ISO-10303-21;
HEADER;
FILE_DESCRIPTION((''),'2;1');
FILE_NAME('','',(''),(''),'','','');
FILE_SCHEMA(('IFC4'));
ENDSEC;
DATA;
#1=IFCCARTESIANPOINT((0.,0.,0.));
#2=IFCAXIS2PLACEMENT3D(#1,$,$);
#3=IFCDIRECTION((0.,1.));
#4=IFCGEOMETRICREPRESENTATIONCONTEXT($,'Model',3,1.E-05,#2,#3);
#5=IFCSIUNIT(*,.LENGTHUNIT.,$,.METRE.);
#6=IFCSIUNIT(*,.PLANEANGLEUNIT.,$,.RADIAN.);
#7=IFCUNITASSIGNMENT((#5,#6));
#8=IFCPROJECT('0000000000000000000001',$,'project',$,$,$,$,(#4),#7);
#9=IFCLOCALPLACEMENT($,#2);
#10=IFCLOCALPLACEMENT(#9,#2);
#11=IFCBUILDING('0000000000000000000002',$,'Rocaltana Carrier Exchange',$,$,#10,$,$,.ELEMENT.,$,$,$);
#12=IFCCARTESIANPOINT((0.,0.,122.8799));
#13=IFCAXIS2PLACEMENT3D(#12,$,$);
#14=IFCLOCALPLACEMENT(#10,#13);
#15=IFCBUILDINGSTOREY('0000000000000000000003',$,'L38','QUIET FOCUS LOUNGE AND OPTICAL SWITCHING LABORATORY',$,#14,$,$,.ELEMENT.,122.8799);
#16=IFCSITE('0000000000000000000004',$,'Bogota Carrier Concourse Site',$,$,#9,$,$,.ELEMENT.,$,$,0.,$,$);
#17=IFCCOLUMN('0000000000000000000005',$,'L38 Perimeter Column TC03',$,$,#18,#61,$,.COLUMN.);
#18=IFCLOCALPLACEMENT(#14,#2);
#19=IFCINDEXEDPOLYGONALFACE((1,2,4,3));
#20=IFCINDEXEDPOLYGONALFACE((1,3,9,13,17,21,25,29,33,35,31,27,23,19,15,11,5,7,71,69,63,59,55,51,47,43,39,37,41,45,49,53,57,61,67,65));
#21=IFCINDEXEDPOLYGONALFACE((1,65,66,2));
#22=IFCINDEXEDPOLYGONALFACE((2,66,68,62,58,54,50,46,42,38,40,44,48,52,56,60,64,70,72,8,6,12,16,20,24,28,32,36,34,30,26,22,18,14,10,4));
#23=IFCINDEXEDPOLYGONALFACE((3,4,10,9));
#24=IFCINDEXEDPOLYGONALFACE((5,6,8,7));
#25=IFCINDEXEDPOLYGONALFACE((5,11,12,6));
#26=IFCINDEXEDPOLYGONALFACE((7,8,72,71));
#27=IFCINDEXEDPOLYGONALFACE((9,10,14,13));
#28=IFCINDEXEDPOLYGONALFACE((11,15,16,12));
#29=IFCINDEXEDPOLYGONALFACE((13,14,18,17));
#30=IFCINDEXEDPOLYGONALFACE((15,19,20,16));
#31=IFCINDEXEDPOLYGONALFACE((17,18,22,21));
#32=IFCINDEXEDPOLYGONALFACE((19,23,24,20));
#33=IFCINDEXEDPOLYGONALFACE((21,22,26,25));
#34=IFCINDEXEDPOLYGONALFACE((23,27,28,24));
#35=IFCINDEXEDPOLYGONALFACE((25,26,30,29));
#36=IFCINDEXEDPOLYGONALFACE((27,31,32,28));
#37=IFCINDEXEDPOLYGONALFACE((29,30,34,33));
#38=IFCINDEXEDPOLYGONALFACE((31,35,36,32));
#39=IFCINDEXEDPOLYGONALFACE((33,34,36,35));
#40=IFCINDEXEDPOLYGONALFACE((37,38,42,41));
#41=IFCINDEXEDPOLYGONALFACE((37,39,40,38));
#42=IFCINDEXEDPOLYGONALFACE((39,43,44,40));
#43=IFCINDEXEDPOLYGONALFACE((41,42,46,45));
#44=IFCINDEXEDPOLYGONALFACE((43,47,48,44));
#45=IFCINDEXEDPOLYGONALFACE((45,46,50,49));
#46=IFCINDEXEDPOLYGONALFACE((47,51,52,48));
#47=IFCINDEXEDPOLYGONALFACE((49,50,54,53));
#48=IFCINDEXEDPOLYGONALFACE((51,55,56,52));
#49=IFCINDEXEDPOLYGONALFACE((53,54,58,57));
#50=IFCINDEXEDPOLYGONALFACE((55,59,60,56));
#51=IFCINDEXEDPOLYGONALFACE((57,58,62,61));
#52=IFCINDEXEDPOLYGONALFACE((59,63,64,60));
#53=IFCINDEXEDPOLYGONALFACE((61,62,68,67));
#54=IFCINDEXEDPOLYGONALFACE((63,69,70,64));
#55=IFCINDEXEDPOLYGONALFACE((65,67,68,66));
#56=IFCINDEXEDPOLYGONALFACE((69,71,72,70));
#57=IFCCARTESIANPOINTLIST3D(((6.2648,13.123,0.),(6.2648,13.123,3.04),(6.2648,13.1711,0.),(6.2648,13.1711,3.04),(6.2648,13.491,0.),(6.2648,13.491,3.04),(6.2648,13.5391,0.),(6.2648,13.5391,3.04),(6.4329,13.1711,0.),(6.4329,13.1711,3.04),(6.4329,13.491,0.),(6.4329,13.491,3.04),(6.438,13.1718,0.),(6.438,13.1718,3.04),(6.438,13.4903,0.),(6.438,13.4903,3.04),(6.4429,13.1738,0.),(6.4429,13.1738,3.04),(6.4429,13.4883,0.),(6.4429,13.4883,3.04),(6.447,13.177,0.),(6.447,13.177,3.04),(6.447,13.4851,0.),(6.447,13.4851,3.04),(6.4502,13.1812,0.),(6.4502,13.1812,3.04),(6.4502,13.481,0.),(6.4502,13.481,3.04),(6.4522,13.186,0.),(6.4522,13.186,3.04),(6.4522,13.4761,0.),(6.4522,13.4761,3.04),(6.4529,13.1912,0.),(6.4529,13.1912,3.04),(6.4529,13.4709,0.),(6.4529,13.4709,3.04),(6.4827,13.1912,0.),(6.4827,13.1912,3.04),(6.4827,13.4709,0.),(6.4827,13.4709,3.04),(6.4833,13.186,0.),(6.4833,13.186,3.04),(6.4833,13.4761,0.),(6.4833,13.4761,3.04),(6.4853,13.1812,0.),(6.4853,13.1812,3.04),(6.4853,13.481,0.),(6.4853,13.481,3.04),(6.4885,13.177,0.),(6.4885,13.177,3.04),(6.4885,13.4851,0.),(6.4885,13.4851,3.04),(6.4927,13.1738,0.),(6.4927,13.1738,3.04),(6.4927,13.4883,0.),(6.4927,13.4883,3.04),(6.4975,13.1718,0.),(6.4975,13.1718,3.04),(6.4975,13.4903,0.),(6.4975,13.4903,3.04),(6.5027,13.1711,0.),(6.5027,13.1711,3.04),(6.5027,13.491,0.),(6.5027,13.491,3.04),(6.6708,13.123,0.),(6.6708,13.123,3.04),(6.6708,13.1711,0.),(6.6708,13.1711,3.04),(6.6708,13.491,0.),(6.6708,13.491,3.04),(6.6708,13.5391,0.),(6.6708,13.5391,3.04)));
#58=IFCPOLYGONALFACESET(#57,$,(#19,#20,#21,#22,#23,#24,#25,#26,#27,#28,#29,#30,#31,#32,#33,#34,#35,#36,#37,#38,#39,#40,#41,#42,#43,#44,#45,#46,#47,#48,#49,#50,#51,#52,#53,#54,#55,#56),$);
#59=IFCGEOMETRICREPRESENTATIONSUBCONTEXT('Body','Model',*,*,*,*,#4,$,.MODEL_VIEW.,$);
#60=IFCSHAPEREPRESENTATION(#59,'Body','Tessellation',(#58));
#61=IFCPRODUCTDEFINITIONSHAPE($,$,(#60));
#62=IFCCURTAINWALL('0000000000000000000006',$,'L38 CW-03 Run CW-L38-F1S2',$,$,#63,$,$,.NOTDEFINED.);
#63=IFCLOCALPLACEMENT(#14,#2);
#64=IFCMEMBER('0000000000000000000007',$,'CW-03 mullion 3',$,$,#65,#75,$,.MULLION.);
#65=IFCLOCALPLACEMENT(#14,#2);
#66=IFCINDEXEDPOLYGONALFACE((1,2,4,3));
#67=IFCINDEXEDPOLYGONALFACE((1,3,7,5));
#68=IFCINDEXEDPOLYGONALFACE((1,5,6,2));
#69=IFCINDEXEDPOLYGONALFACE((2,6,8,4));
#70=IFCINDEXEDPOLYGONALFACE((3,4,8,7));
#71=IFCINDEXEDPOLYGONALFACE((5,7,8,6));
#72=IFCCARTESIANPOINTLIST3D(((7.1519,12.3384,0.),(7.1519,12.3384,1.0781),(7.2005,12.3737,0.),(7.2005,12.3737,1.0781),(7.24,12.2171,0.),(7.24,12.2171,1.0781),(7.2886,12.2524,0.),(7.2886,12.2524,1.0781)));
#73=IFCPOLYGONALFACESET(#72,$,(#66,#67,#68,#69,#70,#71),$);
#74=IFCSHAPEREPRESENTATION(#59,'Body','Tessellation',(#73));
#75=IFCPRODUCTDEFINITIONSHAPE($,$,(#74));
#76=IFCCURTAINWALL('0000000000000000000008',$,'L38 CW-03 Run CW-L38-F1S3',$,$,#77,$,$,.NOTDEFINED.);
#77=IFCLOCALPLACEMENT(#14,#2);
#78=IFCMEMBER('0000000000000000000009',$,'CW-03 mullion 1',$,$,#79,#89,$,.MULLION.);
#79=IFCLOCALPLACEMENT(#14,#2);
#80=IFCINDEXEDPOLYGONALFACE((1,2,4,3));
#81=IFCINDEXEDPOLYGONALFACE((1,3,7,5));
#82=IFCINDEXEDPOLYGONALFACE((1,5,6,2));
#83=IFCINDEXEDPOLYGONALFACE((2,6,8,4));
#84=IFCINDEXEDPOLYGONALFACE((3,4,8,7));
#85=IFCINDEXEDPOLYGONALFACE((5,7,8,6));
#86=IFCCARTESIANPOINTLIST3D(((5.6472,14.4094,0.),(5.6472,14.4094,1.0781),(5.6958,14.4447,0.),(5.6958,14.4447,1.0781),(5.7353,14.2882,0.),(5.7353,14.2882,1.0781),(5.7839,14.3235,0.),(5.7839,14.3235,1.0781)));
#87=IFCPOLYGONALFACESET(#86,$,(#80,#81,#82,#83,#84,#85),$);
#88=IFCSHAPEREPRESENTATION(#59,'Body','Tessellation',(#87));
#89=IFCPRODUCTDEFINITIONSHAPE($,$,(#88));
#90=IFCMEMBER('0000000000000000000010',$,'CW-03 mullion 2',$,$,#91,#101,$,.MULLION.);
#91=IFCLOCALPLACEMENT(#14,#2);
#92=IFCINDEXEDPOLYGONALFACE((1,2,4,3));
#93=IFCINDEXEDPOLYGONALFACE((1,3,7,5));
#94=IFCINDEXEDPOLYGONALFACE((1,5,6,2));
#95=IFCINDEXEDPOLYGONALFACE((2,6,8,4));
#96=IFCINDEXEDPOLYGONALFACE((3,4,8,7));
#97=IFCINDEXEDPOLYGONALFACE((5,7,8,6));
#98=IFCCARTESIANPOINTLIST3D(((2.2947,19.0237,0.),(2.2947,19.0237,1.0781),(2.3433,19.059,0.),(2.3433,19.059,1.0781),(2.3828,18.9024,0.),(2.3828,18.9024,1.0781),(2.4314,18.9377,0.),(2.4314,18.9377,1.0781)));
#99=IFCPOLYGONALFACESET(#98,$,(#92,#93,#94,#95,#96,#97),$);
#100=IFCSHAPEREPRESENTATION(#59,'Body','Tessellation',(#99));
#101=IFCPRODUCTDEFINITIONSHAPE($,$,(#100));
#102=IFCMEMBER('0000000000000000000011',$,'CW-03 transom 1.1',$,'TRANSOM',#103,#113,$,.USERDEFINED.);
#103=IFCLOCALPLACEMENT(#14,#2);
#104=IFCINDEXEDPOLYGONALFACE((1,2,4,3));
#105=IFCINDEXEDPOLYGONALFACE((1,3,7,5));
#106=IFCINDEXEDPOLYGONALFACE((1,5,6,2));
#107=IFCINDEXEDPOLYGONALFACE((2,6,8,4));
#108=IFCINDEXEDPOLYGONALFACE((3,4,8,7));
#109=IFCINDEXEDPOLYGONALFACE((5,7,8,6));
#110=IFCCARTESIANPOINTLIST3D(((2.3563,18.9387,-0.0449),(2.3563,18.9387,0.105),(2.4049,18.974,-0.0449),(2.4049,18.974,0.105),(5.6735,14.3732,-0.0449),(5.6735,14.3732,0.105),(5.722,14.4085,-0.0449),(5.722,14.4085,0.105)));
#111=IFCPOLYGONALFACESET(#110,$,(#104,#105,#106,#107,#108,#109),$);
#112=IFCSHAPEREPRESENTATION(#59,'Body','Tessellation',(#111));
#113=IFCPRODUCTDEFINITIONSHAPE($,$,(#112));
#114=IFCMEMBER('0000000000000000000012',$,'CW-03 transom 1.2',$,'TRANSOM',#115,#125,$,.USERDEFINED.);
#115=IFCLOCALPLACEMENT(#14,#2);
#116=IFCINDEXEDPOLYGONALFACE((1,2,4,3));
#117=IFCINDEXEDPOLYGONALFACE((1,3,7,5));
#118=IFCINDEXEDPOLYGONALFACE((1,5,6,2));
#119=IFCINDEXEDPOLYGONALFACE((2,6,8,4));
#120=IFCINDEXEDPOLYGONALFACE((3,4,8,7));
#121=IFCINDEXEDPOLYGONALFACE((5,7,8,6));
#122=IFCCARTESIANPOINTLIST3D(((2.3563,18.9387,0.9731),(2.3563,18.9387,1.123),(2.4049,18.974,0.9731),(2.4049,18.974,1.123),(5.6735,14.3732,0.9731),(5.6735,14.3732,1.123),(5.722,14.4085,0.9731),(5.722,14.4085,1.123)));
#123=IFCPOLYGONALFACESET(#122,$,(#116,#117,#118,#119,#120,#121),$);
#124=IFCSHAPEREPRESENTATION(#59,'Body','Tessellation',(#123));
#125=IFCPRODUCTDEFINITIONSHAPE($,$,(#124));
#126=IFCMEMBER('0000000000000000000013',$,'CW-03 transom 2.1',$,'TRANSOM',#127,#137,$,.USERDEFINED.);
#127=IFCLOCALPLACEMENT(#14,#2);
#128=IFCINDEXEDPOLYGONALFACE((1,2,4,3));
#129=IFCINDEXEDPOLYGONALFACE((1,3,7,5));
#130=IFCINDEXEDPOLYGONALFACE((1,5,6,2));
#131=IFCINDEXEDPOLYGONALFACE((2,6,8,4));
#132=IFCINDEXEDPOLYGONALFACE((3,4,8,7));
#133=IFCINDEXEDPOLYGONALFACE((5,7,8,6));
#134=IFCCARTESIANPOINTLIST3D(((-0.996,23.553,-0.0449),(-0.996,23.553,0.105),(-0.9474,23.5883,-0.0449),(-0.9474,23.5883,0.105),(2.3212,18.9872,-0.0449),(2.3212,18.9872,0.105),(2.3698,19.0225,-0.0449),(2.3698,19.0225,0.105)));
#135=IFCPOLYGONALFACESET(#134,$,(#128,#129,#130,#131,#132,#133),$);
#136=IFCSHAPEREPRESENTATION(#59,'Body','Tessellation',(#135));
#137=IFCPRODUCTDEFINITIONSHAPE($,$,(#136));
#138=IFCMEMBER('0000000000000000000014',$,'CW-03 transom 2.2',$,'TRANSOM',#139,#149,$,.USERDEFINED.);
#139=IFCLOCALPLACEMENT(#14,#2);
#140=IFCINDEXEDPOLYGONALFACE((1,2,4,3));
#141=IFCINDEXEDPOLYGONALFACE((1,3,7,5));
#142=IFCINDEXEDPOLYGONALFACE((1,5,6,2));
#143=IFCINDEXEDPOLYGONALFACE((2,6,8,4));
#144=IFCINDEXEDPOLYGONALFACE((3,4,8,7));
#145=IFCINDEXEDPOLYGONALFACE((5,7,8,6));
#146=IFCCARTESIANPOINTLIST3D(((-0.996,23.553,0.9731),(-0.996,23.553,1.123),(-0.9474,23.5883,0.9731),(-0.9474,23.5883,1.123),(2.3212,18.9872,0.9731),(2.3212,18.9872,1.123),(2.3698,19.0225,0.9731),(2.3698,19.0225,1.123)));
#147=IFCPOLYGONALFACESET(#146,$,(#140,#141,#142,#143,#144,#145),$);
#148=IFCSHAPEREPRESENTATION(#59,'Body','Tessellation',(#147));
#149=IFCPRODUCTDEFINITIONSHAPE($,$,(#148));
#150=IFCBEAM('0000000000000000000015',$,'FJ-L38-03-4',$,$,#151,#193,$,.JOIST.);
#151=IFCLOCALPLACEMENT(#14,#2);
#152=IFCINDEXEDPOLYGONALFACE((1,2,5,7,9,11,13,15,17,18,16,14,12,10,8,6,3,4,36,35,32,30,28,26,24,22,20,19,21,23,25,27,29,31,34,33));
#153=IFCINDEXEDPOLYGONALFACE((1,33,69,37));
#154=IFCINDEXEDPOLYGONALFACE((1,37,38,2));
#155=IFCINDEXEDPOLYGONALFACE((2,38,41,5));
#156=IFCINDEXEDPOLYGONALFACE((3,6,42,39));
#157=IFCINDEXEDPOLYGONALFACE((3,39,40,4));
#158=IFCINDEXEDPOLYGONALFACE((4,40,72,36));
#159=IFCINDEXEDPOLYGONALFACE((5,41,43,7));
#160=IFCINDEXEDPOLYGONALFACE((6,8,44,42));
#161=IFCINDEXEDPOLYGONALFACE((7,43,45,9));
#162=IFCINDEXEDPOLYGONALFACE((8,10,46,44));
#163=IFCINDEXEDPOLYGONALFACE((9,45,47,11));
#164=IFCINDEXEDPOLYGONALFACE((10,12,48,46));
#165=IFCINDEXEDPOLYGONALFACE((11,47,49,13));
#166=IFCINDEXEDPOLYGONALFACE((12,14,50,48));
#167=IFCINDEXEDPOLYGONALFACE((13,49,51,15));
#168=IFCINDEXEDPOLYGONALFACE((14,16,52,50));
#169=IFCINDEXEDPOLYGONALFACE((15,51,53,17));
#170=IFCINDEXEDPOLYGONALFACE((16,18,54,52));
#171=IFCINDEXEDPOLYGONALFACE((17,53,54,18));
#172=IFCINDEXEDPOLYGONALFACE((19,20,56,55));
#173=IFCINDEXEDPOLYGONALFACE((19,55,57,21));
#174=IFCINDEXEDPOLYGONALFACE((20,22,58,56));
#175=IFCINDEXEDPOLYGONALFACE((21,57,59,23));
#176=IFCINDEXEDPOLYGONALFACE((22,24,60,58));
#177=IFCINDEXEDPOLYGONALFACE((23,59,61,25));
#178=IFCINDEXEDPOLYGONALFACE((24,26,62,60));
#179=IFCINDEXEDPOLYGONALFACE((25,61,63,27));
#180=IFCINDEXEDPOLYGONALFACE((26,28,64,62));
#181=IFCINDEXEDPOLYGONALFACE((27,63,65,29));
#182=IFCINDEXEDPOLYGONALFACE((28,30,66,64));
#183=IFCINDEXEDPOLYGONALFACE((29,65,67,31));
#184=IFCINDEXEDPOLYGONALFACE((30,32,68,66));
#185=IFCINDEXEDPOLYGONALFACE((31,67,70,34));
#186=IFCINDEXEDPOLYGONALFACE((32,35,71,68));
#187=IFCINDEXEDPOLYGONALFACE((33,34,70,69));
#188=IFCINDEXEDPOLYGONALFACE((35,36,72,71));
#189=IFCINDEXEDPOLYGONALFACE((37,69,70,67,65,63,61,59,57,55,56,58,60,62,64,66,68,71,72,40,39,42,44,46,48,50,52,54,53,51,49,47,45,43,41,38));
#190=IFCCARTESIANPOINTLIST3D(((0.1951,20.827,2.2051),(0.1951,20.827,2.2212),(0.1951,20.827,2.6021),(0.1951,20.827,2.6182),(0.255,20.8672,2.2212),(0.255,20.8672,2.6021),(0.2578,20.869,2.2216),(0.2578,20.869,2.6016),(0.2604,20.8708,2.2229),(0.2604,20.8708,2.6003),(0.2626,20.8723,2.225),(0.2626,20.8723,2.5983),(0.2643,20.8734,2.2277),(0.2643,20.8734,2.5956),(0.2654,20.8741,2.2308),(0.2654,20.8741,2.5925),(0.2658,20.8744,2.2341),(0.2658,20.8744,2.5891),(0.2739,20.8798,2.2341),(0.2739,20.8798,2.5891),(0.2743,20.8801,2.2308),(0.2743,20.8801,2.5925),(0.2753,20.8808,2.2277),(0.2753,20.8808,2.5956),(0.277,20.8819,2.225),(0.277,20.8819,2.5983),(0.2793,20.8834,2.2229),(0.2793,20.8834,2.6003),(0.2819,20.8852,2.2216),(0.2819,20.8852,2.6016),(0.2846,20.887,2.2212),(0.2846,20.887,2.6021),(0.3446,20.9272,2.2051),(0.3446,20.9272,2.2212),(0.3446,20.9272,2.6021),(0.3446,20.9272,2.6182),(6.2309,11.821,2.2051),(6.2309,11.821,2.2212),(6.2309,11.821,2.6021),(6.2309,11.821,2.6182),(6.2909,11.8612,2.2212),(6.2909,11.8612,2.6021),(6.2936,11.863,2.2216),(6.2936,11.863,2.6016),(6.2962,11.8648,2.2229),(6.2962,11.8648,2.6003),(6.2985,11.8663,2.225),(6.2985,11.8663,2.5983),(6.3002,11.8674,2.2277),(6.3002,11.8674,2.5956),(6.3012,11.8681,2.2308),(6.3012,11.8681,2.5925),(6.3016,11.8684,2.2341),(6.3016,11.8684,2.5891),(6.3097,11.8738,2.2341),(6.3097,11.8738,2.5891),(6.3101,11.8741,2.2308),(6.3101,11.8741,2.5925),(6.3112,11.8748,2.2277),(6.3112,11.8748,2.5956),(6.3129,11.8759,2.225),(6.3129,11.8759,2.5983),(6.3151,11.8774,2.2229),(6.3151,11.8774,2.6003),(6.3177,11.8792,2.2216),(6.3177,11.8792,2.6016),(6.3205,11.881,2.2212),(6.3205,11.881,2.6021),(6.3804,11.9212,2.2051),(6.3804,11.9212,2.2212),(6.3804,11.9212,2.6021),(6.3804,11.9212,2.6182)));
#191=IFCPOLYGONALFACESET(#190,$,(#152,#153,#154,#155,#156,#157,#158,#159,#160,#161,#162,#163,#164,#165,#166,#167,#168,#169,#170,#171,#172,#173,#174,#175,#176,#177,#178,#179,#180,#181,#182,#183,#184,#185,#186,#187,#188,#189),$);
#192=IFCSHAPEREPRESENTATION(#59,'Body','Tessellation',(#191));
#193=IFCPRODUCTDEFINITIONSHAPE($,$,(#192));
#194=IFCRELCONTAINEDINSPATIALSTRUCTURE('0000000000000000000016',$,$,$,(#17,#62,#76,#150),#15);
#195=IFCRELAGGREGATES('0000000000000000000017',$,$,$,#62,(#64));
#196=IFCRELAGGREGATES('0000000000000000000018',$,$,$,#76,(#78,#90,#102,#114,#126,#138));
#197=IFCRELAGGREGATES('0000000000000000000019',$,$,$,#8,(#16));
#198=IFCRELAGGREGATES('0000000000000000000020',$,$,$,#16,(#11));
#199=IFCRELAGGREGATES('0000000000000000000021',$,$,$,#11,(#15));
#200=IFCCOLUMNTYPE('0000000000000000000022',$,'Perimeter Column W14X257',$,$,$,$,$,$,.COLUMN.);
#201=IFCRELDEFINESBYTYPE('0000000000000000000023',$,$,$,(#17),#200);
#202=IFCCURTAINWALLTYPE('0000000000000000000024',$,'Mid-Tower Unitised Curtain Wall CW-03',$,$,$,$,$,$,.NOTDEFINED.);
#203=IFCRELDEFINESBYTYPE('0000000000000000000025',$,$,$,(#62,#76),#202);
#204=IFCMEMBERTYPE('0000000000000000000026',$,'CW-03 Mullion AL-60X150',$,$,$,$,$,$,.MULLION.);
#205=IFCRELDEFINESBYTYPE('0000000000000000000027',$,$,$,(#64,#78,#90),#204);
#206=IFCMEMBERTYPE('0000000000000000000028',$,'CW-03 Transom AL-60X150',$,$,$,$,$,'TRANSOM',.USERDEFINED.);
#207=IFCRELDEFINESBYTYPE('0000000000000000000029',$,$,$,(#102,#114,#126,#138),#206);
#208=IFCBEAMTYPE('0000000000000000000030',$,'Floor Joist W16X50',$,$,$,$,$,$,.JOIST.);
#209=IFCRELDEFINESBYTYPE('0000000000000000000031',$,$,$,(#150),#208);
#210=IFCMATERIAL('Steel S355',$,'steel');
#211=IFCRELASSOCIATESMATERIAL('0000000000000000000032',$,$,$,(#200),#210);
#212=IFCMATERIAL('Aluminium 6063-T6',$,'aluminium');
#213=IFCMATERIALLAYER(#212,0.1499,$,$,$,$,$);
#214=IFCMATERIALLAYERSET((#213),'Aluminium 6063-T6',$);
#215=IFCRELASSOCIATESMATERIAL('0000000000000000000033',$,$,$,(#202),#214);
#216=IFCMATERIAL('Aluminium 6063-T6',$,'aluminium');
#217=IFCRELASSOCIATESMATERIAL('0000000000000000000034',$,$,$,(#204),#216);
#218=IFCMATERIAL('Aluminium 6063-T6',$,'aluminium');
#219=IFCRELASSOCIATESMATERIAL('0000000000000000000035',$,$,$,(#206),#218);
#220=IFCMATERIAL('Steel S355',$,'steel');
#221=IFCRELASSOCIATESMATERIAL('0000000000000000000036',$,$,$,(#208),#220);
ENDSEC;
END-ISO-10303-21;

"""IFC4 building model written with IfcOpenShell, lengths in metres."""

from ifc_helpers import new_model, si_unit, direction, frame, origin, origin_2d, place, context, subcontext, project, spatial, rectangle, i_section, extrude, material, layer, layer_set, material_profile, profile_set, type_object, element, aggregate, save


model = new_model("IFC4")

# Units and contexts
model_context = context("Model", 3, precision=1e-05, world=origin(), true_north=direction((0.0, 1.0)))
body_context = subcontext(model_context, "Body", "Model", "MODEL_VIEW")
ifc_project = project(units=[si_unit("LENGTHUNIT", "METRE"), si_unit("PLANEANGLEUNIT", "RADIAN")], contexts=[model_context])

# Site, building, storey
site_placement = place(None, origin())
site = spatial("IfcSite", under=ifc_project, at=site_placement, Name="Bogota Carrier Concourse Site", CompositionType="ELEMENT", RefElevation=0.0)
building_placement = place(site_placement, origin())
building = spatial("IfcBuilding", under=site, at=building_placement, Name="Rocaltana Carrier Exchange", CompositionType="ELEMENT")
storey_placement = place(building_placement, frame((0.0, 0.0, 122.8799)))
storey = spatial("IfcBuildingStorey", under=building, at=storey_placement, Name="L38", Description="QUIET FOCUS LOUNGE AND OPTICAL SWITCHING LABORATORY", CompositionType="ELEMENT", Elevation=122.8799)

# Column
ifc_material_1 = material(Name="Steel S355", Category="steel")
ifc_material_profile_1 = material_profile(ifc_material_1, i_section(OverallWidth=0.406, OverallDepth=0.416, WebThickness=0.0298, FlangeThickness=0.0481, FilletRadius=0.02, at=origin_2d()), Name="W14X257")
ifc_profile_set_1 = profile_set([ifc_material_profile_1], Name="Steel S355")
column_type = type_object("IfcColumnType", Name="Perimeter Column W14X257", PredefinedType="COLUMN", material=ifc_profile_set_1)
column_placement = place(storey_placement, frame((6.4678, 13.3311, 0.0), z_axis=(0.0, 0.0, 1.0), x_axis=(1.0, 0.0, 0.0)))
element("IfcColumn", 1, at=column_placement, inside=storey, type_object=column_type, Name="L38 Perimeter Column TC03", PredefinedType="COLUMN", context=body_context, shape_type="SweptSolid", body=[
    extrude(i_section(OverallWidth=0.406, OverallDepth=0.416, WebThickness=0.0298, FlangeThickness=0.0481, FilletRadius=0.02, at=origin_2d()), origin(), (0.0, 0.0, 1.0), 3.04),
])

# Curtain wall, member
ifc_material_2 = material(Name="Aluminium 6063-T6", Category="aluminium")
ifc_layer_1 = layer(ifc_material_2, 0.1499)
ifc_layer_set_1 = layer_set([ifc_layer_1], Name="Aluminium 6063-T6")
curtain_wall_type = type_object("IfcCurtainWallType", Name="Mid-Tower Unitised Curtain Wall CW-03", PredefinedType="NOTDEFINED", material=ifc_layer_set_1)
curtain_wall_1_placement = place(storey_placement, origin())
curtain_wall_1 = element("IfcCurtainWall", 2, at=curtain_wall_1_placement, inside=storey, type_object=curtain_wall_type, Name="L38 CW-03 Run CW-L38-F1S2", PredefinedType="NOTDEFINED")
ifc_material_3 = material(Name="Aluminium 6063-T6", Category="aluminium")
ifc_material_profile_2 = material_profile(ifc_material_3, rectangle(XDim=0.0601, YDim=0.1499, at=origin_2d()), Name="AL-60X150")
ifc_profile_set_2 = profile_set([ifc_material_profile_2], Name="Aluminium 6063-T6")
member_type_1 = type_object("IfcMemberType", Name="CW-03 Mullion AL-60X150", PredefinedType="MULLION", material=ifc_profile_set_2)
member_1_placement = place(storey_placement, frame((7.2202, 12.2954, 0.0), z_axis=(0.0, 0.0, 1.0), x_axis=(-0.809014, -0.58779, 0.0)))
member_1 = element("IfcMember", 3, at=member_1_placement, type_object=member_type_1, Name="CW-03 mullion 3", PredefinedType="MULLION", context=body_context, shape_type="SweptSolid", body=[
    extrude(rectangle(XDim=0.0601, YDim=0.1499, at=origin_2d()), origin(), (0.0, 0.0, 1.0), 1.0781),
])

# Curtain wall, members
curtain_wall_2_placement = place(storey_placement, origin())
curtain_wall_2 = element("IfcCurtainWall", 4, at=curtain_wall_2_placement, inside=storey, type_object=curtain_wall_type, Name="L38 CW-03 Run CW-L38-F1S3", PredefinedType="NOTDEFINED")
member_2_placement = place(storey_placement, frame((5.7156, 14.3665, 0.0), z_axis=(0.0, 0.0, 1.0), x_axis=(-0.809014, -0.58779, 0.0)))
member_2 = element("IfcMember", 5, at=member_2_placement, type_object=member_type_1, Name="CW-03 mullion 1", PredefinedType="MULLION", context=body_context, shape_type="SweptSolid", body=[
    extrude(rectangle(XDim=0.0601, YDim=0.1499, at=origin_2d()), origin(), (0.0, 0.0, 1.0), 1.0781),
])
member_3_placement = place(storey_placement, frame((2.363, 18.9807, 0.0), z_axis=(0.0, 0.0, 1.0), x_axis=(-0.809014, -0.58779, 0.0)))
member_3 = element("IfcMember", 6, at=member_3_placement, type_object=member_type_1, Name="CW-03 mullion 2", PredefinedType="MULLION", context=body_context, shape_type="SweptSolid", body=[
    extrude(rectangle(XDim=0.0601, YDim=0.1499, at=origin_2d()), origin(), (0.0, 0.0, 1.0), 1.0781),
])
ifc_material_4 = material(Name="Aluminium 6063-T6", Category="aluminium")
ifc_material_profile_3 = material_profile(ifc_material_4, rectangle(XDim=0.0601, YDim=0.1499, at=origin_2d()), Name="AL-60X150")
ifc_profile_set_3 = profile_set([ifc_material_profile_3], Name="Aluminium 6063-T6")
member_type_2 = type_object("IfcMemberType", Name="CW-03 Transom AL-60X150", ElementType="TRANSOM", PredefinedType="USERDEFINED", material=ifc_profile_set_3)
member_4_placement = place(storey_placement, frame((5.6978, 14.3909, 0.03), z_axis=(-0.587804, 0.809004, 0.0), x_axis=(-0.809004, -0.587804, 0.0)))
member_4 = element("IfcMember", 7, at=member_4_placement, type_object=member_type_2, Name="CW-03 transom 1.1", ObjectType="TRANSOM", PredefinedType="USERDEFINED", context=body_context, shape_type="SweptSolid", body=[
    extrude(rectangle(XDim=0.0601, YDim=0.1499, at=origin_2d()), origin(), (0.0, 0.0, 1.0), 5.6433),
])
member_5_placement = place(storey_placement, frame((5.6978, 14.3909, 1.0481), z_axis=(-0.587804, 0.809004, 0.0), x_axis=(-0.809004, -0.587804, 0.0)))
member_5 = element("IfcMember", 8, at=member_5_placement, type_object=member_type_2, Name="CW-03 transom 1.2", ObjectType="TRANSOM", PredefinedType="USERDEFINED", context=body_context, shape_type="SweptSolid", body=[
    extrude(rectangle(XDim=0.0601, YDim=0.1499, at=origin_2d()), origin(), (0.0, 0.0, 1.0), 5.6433),
])
member_6_placement = place(storey_placement, frame((2.3455, 19.0049, 0.03), z_axis=(-0.587783, 0.809018, 0.0), x_axis=(-0.809018, -0.587783, 0.0)))
member_6 = element("IfcMember", 9, at=member_6_placement, type_object=member_type_2, Name="CW-03 transom 2.1", ObjectType="TRANSOM", PredefinedType="USERDEFINED", context=body_context, shape_type="SweptSolid", body=[
    extrude(rectangle(XDim=0.0601, YDim=0.1499, at=origin_2d()), origin(), (0.0, 0.0, 1.0), 5.6436),
])
member_7_placement = place(storey_placement, frame((2.3455, 19.0049, 1.0481), z_axis=(-0.587783, 0.809018, 0.0), x_axis=(-0.809018, -0.587783, 0.0)))
member_7 = element("IfcMember", 10, at=member_7_placement, type_object=member_type_2, Name="CW-03 transom 2.2", ObjectType="TRANSOM", PredefinedType="USERDEFINED", context=body_context, shape_type="SweptSolid", body=[
    extrude(rectangle(XDim=0.0601, YDim=0.1499, at=origin_2d()), origin(), (0.0, 0.0, 1.0), 5.6436),
])

# Beam
ifc_material_5 = material(Name="Steel S355", Category="steel")
ifc_material_profile_4 = material_profile(ifc_material_5, i_section(OverallWidth=0.1799, OverallDepth=0.4131, WebThickness=0.0098, FlangeThickness=0.0161, FilletRadius=0.0129, at=origin_2d()), Name="W16X50")
ifc_profile_set_4 = profile_set([ifc_material_profile_4], Name="Steel S355")
beam_type_1 = type_object("IfcBeamType", Name="Floor Joist W16X50", PredefinedType="JOIST", material=ifc_profile_set_4)
beam_1_placement = place(storey_placement, frame((6.3057, 11.8711, 2.4116), z_axis=(-0.55673, 0.830693, 0.0), x_axis=(-0.830693, -0.55673, 0.0)))
element("IfcBeam", 11, at=beam_1_placement, inside=storey, type_object=beam_type_1, Name="FJ-L38-03-4", PredefinedType="JOIST", context=body_context, shape_type="SweptSolid", body=[
    extrude(i_section(OverallWidth=0.1799, OverallDepth=0.4131, WebThickness=0.0098, FlangeThickness=0.0161, FilletRadius=0.0129, at=origin_2d()), origin(), (0.0, 0.0, 1.0), 10.8416),
])

aggregate(curtain_wall_1, [member_1])
aggregate(curtain_wall_2, [member_2, member_3, member_4, member_5, member_6, member_7])

save(model, "model.ifc")
